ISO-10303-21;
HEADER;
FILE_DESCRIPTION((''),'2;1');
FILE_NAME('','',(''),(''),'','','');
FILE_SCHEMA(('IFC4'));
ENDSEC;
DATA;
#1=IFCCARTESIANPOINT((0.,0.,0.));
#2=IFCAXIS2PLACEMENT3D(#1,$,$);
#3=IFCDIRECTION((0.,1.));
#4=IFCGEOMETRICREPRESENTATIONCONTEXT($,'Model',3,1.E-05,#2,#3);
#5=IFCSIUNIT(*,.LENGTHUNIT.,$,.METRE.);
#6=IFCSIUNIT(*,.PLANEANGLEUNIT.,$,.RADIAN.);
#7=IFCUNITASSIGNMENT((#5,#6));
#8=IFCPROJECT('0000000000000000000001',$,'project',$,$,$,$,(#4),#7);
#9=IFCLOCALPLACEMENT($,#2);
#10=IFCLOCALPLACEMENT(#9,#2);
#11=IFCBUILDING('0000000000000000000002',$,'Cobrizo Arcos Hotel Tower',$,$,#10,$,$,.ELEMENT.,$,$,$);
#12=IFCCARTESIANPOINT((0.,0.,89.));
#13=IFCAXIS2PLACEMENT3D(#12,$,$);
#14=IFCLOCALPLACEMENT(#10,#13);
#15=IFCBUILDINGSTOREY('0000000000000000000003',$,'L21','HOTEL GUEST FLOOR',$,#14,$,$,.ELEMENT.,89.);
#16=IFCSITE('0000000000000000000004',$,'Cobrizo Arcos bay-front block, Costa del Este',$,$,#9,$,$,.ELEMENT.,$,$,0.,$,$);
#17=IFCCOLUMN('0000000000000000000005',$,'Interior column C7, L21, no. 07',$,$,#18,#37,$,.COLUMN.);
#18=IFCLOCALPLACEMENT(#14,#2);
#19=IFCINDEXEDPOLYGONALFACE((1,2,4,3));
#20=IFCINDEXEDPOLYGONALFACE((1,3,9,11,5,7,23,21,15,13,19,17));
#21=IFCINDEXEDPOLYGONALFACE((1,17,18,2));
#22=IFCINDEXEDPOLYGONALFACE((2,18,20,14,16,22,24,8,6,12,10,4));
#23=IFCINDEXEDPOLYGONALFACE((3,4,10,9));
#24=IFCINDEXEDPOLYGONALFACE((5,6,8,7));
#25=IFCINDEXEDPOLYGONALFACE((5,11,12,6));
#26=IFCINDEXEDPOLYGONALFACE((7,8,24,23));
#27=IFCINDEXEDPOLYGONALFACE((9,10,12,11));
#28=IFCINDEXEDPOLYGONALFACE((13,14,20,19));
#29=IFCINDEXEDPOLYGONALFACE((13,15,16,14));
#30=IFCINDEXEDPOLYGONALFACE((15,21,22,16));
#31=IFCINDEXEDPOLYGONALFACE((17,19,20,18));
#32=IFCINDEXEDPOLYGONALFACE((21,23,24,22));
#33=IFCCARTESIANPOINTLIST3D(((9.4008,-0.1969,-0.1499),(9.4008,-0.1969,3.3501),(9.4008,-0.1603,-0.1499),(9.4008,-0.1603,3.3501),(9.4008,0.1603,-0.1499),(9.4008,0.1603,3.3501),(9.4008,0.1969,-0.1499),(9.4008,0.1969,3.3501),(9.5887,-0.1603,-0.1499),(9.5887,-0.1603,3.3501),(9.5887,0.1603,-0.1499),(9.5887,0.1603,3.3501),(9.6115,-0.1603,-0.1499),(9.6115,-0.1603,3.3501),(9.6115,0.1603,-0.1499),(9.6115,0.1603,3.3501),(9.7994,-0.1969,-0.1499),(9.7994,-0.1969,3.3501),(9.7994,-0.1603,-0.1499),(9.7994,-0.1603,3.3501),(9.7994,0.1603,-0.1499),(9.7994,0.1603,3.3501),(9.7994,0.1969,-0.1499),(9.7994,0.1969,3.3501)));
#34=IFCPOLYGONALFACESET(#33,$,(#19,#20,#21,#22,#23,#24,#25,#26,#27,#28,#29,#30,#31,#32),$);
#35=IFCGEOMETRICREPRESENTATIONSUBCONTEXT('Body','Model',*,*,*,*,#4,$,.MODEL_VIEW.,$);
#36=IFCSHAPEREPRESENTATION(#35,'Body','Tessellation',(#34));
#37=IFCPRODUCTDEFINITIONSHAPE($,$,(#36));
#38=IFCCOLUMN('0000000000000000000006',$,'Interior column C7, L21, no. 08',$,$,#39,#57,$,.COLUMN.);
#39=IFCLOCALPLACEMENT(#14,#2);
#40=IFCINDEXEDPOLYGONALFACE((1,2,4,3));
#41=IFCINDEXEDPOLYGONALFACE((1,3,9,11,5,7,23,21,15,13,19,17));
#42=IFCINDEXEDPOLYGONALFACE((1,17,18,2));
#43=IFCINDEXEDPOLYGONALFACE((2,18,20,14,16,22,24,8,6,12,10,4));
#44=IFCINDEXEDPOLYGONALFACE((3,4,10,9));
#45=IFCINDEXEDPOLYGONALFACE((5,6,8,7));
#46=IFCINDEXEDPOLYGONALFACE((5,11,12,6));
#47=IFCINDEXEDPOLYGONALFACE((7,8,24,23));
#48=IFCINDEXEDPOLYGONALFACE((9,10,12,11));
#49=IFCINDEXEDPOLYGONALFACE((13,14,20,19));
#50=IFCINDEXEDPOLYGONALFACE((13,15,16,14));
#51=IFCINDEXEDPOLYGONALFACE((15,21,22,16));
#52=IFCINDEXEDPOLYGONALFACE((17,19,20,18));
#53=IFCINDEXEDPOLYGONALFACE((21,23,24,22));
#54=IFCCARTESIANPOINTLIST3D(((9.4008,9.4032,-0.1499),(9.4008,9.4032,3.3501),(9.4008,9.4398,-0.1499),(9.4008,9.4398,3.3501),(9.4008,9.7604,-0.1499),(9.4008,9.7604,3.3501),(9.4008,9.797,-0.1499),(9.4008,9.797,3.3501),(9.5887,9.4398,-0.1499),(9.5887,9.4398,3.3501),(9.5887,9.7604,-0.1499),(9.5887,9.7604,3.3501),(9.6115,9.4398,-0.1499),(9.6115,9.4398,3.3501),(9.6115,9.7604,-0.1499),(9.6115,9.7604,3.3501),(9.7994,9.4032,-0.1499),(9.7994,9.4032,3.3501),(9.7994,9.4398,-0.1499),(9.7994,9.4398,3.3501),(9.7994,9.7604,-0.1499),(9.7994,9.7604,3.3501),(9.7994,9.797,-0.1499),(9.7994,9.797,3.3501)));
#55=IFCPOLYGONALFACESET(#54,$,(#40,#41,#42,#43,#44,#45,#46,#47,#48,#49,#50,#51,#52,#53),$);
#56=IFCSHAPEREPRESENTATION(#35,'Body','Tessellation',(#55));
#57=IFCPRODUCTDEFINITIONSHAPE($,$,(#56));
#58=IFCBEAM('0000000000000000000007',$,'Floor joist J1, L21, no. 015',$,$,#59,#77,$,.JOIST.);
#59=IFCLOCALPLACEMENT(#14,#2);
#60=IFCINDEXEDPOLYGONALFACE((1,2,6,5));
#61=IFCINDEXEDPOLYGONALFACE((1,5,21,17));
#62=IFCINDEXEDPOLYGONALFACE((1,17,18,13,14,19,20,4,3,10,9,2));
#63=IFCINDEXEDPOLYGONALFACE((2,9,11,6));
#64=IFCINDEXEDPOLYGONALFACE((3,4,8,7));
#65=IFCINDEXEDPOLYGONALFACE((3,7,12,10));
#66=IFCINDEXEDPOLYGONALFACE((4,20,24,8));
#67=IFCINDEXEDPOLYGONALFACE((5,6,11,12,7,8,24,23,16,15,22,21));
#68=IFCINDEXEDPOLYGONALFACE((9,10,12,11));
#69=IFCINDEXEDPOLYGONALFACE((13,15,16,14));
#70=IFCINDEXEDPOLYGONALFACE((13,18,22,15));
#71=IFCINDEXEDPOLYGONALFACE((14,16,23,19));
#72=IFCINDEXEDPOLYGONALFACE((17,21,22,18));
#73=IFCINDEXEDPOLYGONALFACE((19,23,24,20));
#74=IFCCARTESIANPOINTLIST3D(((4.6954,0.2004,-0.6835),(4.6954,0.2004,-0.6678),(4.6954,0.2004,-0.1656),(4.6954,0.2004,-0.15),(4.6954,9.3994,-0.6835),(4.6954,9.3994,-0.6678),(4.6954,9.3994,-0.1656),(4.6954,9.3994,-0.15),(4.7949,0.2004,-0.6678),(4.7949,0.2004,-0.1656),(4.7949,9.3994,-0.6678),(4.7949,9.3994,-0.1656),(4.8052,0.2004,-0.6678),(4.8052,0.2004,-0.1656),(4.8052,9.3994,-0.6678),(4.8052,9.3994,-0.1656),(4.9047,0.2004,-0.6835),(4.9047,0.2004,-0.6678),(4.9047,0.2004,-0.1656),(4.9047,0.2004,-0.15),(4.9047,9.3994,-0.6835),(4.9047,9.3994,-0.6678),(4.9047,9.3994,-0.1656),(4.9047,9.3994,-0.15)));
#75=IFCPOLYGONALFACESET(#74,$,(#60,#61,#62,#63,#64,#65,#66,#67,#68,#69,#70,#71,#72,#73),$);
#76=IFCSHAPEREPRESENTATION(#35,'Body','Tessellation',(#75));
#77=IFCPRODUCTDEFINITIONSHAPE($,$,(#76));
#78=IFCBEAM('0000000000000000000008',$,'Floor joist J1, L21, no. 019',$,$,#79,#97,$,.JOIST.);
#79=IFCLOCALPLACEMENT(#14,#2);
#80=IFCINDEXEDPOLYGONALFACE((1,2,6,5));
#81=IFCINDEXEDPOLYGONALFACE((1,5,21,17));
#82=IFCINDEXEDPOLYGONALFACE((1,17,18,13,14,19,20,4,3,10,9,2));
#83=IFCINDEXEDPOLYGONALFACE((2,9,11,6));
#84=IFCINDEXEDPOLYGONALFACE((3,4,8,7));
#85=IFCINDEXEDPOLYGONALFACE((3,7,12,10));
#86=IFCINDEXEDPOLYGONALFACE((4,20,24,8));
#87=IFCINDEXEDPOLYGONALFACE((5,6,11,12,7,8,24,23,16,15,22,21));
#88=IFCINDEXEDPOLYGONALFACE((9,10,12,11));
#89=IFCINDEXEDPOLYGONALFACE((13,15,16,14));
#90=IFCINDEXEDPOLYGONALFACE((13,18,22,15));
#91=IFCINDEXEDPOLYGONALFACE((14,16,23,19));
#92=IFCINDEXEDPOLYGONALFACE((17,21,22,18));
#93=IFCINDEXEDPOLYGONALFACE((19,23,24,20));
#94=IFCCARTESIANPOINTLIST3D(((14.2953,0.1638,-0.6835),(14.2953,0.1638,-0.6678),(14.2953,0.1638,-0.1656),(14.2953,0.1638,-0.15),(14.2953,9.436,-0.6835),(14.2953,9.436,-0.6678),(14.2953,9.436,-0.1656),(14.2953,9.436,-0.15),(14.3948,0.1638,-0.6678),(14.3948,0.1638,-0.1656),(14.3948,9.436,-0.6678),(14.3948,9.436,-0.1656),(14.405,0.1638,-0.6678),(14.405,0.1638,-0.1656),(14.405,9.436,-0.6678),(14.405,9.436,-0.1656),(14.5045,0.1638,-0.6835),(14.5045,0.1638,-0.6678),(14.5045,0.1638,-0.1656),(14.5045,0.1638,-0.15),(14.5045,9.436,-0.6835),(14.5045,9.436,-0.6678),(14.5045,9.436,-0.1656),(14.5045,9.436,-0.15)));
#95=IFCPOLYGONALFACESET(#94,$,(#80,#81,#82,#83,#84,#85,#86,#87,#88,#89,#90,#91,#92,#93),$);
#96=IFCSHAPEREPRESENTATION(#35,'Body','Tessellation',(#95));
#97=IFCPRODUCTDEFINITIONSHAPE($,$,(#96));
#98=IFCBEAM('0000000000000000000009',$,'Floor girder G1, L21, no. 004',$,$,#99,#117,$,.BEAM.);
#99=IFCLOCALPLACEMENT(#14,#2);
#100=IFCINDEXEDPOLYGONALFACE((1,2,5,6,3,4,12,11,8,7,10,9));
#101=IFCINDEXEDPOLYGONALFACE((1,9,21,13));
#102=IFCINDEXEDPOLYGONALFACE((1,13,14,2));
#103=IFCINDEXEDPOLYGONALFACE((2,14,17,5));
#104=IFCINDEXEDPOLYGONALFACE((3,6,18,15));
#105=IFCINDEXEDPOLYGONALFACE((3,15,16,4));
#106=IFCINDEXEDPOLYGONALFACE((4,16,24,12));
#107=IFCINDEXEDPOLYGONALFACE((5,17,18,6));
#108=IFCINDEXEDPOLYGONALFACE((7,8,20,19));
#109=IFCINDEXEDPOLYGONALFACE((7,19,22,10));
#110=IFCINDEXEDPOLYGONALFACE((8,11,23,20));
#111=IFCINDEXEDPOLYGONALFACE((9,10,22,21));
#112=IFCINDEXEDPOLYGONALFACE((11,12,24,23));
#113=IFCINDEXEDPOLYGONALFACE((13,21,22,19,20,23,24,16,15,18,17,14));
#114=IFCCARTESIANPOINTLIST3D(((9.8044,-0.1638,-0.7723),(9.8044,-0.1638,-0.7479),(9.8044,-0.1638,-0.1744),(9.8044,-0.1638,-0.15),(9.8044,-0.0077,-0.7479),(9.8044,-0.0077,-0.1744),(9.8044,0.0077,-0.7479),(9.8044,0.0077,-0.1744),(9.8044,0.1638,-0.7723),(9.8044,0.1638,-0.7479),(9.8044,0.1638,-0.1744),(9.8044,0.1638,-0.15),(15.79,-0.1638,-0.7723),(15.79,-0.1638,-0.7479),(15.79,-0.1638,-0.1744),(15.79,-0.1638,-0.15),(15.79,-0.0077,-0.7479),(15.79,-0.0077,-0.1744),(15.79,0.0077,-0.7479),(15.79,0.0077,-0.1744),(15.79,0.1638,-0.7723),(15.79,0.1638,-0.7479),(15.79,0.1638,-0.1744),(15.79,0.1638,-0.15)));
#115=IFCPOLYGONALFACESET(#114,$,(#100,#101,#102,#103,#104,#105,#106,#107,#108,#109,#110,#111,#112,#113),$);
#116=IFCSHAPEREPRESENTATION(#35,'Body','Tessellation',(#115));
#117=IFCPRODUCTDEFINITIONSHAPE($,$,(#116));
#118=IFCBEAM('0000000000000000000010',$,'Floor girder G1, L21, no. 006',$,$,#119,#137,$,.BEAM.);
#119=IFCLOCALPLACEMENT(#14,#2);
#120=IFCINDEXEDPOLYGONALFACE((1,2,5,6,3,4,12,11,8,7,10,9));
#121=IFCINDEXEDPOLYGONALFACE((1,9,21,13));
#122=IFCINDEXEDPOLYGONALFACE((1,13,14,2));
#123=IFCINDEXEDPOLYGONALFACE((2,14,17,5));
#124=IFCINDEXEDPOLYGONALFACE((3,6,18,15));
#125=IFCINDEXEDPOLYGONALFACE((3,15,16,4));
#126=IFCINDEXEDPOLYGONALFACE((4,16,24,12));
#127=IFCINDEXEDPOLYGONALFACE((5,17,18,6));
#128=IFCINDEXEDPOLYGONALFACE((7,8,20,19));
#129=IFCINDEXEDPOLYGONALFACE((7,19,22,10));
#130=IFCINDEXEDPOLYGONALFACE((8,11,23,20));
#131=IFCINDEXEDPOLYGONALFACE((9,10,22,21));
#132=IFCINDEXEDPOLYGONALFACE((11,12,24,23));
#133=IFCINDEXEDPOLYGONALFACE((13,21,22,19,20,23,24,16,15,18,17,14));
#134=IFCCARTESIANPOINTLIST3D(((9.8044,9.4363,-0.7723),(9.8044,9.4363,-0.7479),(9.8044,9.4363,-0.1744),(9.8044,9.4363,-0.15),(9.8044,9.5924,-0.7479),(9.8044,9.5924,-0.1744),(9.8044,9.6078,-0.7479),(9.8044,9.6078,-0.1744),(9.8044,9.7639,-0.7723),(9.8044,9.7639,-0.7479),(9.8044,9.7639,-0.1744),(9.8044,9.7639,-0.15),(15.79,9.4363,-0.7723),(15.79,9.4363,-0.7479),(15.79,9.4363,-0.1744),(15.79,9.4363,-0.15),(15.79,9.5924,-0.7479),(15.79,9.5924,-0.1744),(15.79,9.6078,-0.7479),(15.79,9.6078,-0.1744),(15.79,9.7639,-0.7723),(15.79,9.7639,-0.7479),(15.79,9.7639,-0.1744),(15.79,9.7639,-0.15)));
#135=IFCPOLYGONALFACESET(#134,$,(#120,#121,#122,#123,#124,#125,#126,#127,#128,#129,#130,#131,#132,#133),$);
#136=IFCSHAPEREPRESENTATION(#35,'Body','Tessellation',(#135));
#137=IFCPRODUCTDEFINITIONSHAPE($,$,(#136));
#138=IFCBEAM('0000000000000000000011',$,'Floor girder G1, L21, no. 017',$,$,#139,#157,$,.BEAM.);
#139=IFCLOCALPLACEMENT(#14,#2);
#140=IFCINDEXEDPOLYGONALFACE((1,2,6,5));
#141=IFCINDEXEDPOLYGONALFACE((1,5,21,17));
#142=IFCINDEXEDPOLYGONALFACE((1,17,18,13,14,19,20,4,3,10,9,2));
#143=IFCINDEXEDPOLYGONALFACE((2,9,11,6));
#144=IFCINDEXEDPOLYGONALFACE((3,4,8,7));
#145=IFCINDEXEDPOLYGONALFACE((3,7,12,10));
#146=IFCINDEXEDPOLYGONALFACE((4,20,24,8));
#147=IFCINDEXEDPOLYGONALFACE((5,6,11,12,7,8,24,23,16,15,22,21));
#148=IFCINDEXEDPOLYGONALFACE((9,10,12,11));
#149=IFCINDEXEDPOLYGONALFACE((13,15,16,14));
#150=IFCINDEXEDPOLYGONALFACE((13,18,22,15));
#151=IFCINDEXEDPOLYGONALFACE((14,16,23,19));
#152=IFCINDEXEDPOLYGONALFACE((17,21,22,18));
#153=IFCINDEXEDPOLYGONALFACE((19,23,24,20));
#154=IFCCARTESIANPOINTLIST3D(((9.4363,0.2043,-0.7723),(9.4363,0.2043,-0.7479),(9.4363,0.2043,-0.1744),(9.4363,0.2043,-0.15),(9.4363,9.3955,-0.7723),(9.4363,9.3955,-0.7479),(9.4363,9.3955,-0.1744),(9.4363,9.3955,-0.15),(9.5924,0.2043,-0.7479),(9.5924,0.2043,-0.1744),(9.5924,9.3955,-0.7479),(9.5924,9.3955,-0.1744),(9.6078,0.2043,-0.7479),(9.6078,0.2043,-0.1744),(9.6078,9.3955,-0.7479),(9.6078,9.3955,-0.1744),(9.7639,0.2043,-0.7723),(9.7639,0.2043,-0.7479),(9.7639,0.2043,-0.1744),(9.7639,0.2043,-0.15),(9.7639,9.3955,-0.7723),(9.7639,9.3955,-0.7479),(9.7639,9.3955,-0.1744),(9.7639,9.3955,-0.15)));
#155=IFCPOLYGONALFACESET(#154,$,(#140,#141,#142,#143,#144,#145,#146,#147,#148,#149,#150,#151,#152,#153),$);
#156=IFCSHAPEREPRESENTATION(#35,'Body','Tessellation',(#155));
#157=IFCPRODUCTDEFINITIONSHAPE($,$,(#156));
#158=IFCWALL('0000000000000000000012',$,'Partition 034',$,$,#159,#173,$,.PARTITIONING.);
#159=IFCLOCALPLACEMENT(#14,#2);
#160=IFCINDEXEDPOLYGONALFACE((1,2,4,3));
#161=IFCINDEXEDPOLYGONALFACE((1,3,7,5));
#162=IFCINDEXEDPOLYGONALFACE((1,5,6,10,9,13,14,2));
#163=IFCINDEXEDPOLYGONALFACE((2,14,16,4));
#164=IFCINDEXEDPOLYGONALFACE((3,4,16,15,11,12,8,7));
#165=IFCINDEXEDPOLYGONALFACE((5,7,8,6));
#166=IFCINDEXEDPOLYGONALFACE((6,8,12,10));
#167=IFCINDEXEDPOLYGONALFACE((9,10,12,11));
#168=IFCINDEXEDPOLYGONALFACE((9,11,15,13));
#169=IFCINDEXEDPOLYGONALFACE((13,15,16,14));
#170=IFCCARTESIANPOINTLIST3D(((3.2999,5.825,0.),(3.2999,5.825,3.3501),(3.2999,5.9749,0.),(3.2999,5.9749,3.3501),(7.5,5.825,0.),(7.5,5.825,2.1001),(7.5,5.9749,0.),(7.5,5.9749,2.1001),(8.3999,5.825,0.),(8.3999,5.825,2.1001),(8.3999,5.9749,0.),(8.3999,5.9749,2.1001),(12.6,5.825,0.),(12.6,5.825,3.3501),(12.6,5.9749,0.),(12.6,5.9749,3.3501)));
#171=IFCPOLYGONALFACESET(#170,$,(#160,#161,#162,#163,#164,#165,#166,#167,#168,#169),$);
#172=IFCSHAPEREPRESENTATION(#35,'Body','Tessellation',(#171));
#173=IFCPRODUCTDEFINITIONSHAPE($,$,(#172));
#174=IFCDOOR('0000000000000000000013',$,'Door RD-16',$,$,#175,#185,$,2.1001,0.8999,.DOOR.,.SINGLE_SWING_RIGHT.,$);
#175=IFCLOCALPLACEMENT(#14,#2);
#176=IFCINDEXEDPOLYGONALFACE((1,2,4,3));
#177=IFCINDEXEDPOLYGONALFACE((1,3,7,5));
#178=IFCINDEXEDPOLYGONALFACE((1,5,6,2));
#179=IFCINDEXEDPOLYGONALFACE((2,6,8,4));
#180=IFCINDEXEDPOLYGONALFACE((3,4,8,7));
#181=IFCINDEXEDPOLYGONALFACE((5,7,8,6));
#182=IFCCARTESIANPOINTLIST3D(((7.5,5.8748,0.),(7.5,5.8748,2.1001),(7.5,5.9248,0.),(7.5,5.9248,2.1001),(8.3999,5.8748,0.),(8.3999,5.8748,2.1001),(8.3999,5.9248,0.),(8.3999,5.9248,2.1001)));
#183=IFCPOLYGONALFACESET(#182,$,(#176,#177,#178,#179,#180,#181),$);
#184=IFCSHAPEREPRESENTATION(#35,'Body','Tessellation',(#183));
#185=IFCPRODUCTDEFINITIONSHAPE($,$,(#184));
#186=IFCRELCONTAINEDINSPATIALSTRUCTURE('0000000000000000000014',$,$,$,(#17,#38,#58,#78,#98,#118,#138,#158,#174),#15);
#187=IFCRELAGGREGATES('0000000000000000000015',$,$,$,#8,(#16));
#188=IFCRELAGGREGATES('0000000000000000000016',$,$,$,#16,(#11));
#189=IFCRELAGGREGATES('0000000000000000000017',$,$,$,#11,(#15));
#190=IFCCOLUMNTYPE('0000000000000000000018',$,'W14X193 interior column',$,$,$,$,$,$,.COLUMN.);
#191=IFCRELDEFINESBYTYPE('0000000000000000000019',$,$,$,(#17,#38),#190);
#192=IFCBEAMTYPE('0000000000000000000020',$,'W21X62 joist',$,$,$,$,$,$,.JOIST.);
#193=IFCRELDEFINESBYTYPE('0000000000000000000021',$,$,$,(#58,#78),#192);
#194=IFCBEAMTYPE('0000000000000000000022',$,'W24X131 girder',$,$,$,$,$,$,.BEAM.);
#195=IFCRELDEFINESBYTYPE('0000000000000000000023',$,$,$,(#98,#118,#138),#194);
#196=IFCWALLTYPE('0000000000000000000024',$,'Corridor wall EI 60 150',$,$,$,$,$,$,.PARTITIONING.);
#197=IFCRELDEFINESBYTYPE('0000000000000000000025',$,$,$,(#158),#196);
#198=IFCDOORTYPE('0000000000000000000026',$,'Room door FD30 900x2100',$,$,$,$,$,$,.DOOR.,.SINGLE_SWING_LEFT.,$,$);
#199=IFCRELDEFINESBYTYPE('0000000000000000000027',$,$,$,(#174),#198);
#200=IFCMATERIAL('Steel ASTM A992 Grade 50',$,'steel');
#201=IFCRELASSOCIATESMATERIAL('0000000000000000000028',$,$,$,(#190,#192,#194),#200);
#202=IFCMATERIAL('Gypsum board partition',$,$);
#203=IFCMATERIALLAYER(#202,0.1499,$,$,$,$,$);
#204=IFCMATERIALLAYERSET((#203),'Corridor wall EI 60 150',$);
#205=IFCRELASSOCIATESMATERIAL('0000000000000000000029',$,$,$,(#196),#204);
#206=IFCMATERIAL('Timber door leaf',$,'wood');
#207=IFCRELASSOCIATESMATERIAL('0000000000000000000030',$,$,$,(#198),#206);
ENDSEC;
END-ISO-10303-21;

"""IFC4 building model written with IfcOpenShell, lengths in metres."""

from ifc_helpers import new_model, si_unit, direction, frame, frame_2d, origin, origin_2d, place, context, subcontext, project, spatial, rectangle, i_section, extrude, material, layer, layer_set, material_profile, profile_set, type_object, element, fill, save


model = new_model("IFC4")

# Units and contexts
model_context = context("Model", 3, precision=1e-05, world=origin(), true_north=direction((0.0, 1.0)))
body_context = subcontext(model_context, "Body", "Model", "MODEL_VIEW")
ifc_project = project(units=[si_unit("LENGTHUNIT", "METRE"), si_unit("PLANEANGLEUNIT", "RADIAN")], contexts=[model_context])

# Site, building, storey
site_placement = place(None, origin())
site = spatial("IfcSite", under=ifc_project, at=site_placement, Name="Cobrizo Arcos bay-front block, Costa del Este", CompositionType="ELEMENT", RefElevation=0.0)
building_placement = place(site_placement, origin())
building = spatial("IfcBuilding", under=site, at=building_placement, Name="Cobrizo Arcos Hotel Tower", CompositionType="ELEMENT")
storey_placement = place(building_placement, frame((0.0, 0.0, 89.0)))
storey = spatial("IfcBuildingStorey", under=building, at=storey_placement, Name="L21", Description="HOTEL GUEST FLOOR", CompositionType="ELEMENT", Elevation=89.0)

# Columns
ifc_material_1 = material(Name="Steel ASTM A992 Grade 50", Category="steel")
ifc_material_profile_1 = material_profile(ifc_material_1, i_section(OverallWidth=0.3987, OverallDepth=0.3938, WebThickness=0.0227, FlangeThickness=0.0366, at=origin_2d()), Name="W14X193")
ifc_profile_set_1 = profile_set([ifc_material_profile_1], Name="Steel ASTM A992 Grade 50")
column_type = type_object("IfcColumnType", Name="W14X193 interior column", PredefinedType="COLUMN", material=ifc_profile_set_1)
for number, where, z_axis, x_axis, name in (
    (1, (9.6001, 0.0, -0.1499), (0.0, 0.0, 1.0), (1.0, 0.0, 0.0), "Interior column C7, L21, no. 07"),
    (2, (9.6001, 9.6001, -0.1499), (0.0, 0.0, 1.0), (1.0, 0.0, 0.0), "Interior column C7, L21, no. 08"),
):
    element("IfcColumn", number, at=place(storey_placement, frame(where, z_axis=z_axis, x_axis=x_axis)), inside=storey, type_object=column_type, Name=name, PredefinedType="COLUMN", context=body_context, shape_type="SweptSolid", body=[
        extrude(i_section(OverallWidth=0.3987, OverallDepth=0.3938, WebThickness=0.0227, FlangeThickness=0.0366, at=origin_2d()), origin(), (0.0, 0.0, 1.0), 3.5),
    ])

# Beams
ifc_material_profile_2 = material_profile(ifc_material_1, i_section(OverallWidth=0.2092, OverallDepth=0.5334, WebThickness=0.0103, FlangeThickness=0.0156, at=origin_2d()), Name="W21X62")
ifc_profile_set_2 = profile_set([ifc_material_profile_2], Name="Steel ASTM A992 Grade 50")
beam_type_1 = type_object("IfcBeamType", Name="W21X62 joist", PredefinedType="JOIST", material=ifc_profile_set_2)
beam_1_placement = place(storey_placement, frame((4.8, 0.2004, -0.4167), z_axis=(0.0, 1.0, 0.0), x_axis=(-1.0, 0.0, 0.0)))
element("IfcBeam", 3, at=beam_1_placement, inside=storey, type_object=beam_type_1, Name="Floor joist J1, L21, no. 015", PredefinedType="JOIST", context=body_context, shape_type="SweptSolid", body=[
    extrude(i_section(OverallWidth=0.2092, OverallDepth=0.5334, WebThickness=0.0103, FlangeThickness=0.0156, at=origin_2d()), origin(), (0.0, 0.0, 1.0), 9.199),
])
beam_2_placement = place(storey_placement, frame((14.3999, 0.1638, -0.4167), z_axis=(0.0, 1.0, 0.0), x_axis=(-1.0, 0.0, 0.0)))
element("IfcBeam", 4, at=beam_2_placement, inside=storey, type_object=beam_type_1, Name="Floor joist J1, L21, no. 019", PredefinedType="JOIST", context=body_context, shape_type="SweptSolid", body=[
    extrude(i_section(OverallWidth=0.2092, OverallDepth=0.5334, WebThickness=0.0103, FlangeThickness=0.0156, at=origin_2d()), origin(), (0.0, 0.0, 1.0), 9.2722),
])
ifc_material_profile_3 = material_profile(ifc_material_1, i_section(OverallWidth=0.3276, OverallDepth=0.6223, WebThickness=0.0154, FlangeThickness=0.0244, at=origin_2d()), Name="W24X131")
ifc_profile_set_3 = profile_set([ifc_material_profile_3], Name="Steel ASTM A992 Grade 50")
beam_type_2 = type_object("IfcBeamType", Name="W24X131 girder", PredefinedType="BEAM", material=ifc_profile_set_3)
for number, where, z_axis, x_axis, name in (
    (5, (9.8044, 0.0, -0.4612), (1.0, 0.0, 0.0), (0.0, 1.0, 0.0), "Floor girder G1, L21, no. 004"),
    (6, (9.8044, 9.6001, -0.4612), (1.0, 0.0, 0.0), (0.0, 1.0, 0.0), "Floor girder G1, L21, no. 006"),
):
    element("IfcBeam", number, at=place(storey_placement, frame(where, z_axis=z_axis, x_axis=x_axis)), inside=storey, type_object=beam_type_2, Name=name, PredefinedType="BEAM", context=body_context, shape_type="SweptSolid", body=[
        extrude(i_section(OverallWidth=0.3276, OverallDepth=0.6223, WebThickness=0.0154, FlangeThickness=0.0244, at=origin_2d()), origin(), (0.0, 0.0, 1.0), 5.9856),
    ])
beam_3_placement = place(storey_placement, frame((9.6001, 0.2043, -0.4612), z_axis=(0.0, 1.0, 0.0), x_axis=(-1.0, 0.0, 0.0)))
element("IfcBeam", 7, at=beam_3_placement, inside=storey, type_object=beam_type_2, Name="Floor girder G1, L21, no. 017", PredefinedType="BEAM", context=body_context, shape_type="SweptSolid", body=[
    extrude(i_section(OverallWidth=0.3276, OverallDepth=0.6223, WebThickness=0.0154, FlangeThickness=0.0244, at=origin_2d()), origin(), (0.0, 0.0, 1.0), 9.1912),
])

# Wall, opening, door
ifc_material_2 = material(Name="Gypsum board partition")
ifc_layer_1 = layer(ifc_material_2, 0.1499)
ifc_layer_set_1 = layer_set([ifc_layer_1], Name="Corridor wall EI 60 150")
wall_type_1 = type_object("IfcWallType", Name="Corridor wall EI 60 150", PredefinedType="PARTITIONING", material=ifc_layer_set_1)
wall_1_placement = place(storey_placement, frame((3.3, 5.8999, 0.0), z_axis=(0.0, 0.0, 1.0), x_axis=(1.0, 0.0, 0.0)))
wall_1 = element("IfcWall", 8, at=wall_1_placement, inside=storey, type_object=wall_type_1, Name="Partition 034", PredefinedType="PARTITIONING", context=body_context, shape_type="SweptSolid", body=[
    extrude(rectangle(XDim=9.3, YDim=0.1499, at=frame_2d((4.6499, 0.0))), origin(), (0.0, 0.0, 1.0), 3.3501),
])
opening_1_placement = place(wall_1_placement, frame((4.2, 0.0, 0.0)))
opening_1 = element("IfcOpeningElement", 9, at=opening_1_placement, cuts=wall_1, PredefinedType="OPENING", context=body_context, shape_type="SweptSolid", body=[
    extrude(rectangle(XDim=0.8999, YDim=2.1001, at=frame_2d((0.45, 1.05))), frame((0.0, 0.0869, 0.0), z_axis=(0.0, -1.0, 0.0), x_axis=(1.0, 0.0, 0.0)), (0.0, 0.0, 1.0), 0.1738),
])
ifc_material_3 = material(Name="Timber door leaf", Category="wood")
door_type_1 = type_object("IfcDoorType", Name="Room door FD30 900x2100", OperationType="SINGLE_SWING_LEFT", PredefinedType="DOOR", material=ifc_material_3)
door_1_placement = place(opening_1_placement, origin())
door_1 = element("IfcDoor", 10, at=door_1_placement, inside=storey, type_object=door_type_1, Name="Door RD-16", OperationType="SINGLE_SWING_RIGHT", OverallHeight=2.1001, OverallWidth=0.8999, PredefinedType="DOOR", context=body_context, shape_type="SweptSolid", body=[
    extrude(rectangle(XDim=0.8999, YDim=2.1001, at=frame_2d((0.45, 1.05))), frame((0.0, 0.0249, 0.0), z_axis=(0.0, -1.0, 0.0), x_axis=(1.0, 0.0, 0.0)), (0.0, 0.0, 1.0), 0.05),
])
fill(opening_1, door_1)

save(model, "model.ifc")
